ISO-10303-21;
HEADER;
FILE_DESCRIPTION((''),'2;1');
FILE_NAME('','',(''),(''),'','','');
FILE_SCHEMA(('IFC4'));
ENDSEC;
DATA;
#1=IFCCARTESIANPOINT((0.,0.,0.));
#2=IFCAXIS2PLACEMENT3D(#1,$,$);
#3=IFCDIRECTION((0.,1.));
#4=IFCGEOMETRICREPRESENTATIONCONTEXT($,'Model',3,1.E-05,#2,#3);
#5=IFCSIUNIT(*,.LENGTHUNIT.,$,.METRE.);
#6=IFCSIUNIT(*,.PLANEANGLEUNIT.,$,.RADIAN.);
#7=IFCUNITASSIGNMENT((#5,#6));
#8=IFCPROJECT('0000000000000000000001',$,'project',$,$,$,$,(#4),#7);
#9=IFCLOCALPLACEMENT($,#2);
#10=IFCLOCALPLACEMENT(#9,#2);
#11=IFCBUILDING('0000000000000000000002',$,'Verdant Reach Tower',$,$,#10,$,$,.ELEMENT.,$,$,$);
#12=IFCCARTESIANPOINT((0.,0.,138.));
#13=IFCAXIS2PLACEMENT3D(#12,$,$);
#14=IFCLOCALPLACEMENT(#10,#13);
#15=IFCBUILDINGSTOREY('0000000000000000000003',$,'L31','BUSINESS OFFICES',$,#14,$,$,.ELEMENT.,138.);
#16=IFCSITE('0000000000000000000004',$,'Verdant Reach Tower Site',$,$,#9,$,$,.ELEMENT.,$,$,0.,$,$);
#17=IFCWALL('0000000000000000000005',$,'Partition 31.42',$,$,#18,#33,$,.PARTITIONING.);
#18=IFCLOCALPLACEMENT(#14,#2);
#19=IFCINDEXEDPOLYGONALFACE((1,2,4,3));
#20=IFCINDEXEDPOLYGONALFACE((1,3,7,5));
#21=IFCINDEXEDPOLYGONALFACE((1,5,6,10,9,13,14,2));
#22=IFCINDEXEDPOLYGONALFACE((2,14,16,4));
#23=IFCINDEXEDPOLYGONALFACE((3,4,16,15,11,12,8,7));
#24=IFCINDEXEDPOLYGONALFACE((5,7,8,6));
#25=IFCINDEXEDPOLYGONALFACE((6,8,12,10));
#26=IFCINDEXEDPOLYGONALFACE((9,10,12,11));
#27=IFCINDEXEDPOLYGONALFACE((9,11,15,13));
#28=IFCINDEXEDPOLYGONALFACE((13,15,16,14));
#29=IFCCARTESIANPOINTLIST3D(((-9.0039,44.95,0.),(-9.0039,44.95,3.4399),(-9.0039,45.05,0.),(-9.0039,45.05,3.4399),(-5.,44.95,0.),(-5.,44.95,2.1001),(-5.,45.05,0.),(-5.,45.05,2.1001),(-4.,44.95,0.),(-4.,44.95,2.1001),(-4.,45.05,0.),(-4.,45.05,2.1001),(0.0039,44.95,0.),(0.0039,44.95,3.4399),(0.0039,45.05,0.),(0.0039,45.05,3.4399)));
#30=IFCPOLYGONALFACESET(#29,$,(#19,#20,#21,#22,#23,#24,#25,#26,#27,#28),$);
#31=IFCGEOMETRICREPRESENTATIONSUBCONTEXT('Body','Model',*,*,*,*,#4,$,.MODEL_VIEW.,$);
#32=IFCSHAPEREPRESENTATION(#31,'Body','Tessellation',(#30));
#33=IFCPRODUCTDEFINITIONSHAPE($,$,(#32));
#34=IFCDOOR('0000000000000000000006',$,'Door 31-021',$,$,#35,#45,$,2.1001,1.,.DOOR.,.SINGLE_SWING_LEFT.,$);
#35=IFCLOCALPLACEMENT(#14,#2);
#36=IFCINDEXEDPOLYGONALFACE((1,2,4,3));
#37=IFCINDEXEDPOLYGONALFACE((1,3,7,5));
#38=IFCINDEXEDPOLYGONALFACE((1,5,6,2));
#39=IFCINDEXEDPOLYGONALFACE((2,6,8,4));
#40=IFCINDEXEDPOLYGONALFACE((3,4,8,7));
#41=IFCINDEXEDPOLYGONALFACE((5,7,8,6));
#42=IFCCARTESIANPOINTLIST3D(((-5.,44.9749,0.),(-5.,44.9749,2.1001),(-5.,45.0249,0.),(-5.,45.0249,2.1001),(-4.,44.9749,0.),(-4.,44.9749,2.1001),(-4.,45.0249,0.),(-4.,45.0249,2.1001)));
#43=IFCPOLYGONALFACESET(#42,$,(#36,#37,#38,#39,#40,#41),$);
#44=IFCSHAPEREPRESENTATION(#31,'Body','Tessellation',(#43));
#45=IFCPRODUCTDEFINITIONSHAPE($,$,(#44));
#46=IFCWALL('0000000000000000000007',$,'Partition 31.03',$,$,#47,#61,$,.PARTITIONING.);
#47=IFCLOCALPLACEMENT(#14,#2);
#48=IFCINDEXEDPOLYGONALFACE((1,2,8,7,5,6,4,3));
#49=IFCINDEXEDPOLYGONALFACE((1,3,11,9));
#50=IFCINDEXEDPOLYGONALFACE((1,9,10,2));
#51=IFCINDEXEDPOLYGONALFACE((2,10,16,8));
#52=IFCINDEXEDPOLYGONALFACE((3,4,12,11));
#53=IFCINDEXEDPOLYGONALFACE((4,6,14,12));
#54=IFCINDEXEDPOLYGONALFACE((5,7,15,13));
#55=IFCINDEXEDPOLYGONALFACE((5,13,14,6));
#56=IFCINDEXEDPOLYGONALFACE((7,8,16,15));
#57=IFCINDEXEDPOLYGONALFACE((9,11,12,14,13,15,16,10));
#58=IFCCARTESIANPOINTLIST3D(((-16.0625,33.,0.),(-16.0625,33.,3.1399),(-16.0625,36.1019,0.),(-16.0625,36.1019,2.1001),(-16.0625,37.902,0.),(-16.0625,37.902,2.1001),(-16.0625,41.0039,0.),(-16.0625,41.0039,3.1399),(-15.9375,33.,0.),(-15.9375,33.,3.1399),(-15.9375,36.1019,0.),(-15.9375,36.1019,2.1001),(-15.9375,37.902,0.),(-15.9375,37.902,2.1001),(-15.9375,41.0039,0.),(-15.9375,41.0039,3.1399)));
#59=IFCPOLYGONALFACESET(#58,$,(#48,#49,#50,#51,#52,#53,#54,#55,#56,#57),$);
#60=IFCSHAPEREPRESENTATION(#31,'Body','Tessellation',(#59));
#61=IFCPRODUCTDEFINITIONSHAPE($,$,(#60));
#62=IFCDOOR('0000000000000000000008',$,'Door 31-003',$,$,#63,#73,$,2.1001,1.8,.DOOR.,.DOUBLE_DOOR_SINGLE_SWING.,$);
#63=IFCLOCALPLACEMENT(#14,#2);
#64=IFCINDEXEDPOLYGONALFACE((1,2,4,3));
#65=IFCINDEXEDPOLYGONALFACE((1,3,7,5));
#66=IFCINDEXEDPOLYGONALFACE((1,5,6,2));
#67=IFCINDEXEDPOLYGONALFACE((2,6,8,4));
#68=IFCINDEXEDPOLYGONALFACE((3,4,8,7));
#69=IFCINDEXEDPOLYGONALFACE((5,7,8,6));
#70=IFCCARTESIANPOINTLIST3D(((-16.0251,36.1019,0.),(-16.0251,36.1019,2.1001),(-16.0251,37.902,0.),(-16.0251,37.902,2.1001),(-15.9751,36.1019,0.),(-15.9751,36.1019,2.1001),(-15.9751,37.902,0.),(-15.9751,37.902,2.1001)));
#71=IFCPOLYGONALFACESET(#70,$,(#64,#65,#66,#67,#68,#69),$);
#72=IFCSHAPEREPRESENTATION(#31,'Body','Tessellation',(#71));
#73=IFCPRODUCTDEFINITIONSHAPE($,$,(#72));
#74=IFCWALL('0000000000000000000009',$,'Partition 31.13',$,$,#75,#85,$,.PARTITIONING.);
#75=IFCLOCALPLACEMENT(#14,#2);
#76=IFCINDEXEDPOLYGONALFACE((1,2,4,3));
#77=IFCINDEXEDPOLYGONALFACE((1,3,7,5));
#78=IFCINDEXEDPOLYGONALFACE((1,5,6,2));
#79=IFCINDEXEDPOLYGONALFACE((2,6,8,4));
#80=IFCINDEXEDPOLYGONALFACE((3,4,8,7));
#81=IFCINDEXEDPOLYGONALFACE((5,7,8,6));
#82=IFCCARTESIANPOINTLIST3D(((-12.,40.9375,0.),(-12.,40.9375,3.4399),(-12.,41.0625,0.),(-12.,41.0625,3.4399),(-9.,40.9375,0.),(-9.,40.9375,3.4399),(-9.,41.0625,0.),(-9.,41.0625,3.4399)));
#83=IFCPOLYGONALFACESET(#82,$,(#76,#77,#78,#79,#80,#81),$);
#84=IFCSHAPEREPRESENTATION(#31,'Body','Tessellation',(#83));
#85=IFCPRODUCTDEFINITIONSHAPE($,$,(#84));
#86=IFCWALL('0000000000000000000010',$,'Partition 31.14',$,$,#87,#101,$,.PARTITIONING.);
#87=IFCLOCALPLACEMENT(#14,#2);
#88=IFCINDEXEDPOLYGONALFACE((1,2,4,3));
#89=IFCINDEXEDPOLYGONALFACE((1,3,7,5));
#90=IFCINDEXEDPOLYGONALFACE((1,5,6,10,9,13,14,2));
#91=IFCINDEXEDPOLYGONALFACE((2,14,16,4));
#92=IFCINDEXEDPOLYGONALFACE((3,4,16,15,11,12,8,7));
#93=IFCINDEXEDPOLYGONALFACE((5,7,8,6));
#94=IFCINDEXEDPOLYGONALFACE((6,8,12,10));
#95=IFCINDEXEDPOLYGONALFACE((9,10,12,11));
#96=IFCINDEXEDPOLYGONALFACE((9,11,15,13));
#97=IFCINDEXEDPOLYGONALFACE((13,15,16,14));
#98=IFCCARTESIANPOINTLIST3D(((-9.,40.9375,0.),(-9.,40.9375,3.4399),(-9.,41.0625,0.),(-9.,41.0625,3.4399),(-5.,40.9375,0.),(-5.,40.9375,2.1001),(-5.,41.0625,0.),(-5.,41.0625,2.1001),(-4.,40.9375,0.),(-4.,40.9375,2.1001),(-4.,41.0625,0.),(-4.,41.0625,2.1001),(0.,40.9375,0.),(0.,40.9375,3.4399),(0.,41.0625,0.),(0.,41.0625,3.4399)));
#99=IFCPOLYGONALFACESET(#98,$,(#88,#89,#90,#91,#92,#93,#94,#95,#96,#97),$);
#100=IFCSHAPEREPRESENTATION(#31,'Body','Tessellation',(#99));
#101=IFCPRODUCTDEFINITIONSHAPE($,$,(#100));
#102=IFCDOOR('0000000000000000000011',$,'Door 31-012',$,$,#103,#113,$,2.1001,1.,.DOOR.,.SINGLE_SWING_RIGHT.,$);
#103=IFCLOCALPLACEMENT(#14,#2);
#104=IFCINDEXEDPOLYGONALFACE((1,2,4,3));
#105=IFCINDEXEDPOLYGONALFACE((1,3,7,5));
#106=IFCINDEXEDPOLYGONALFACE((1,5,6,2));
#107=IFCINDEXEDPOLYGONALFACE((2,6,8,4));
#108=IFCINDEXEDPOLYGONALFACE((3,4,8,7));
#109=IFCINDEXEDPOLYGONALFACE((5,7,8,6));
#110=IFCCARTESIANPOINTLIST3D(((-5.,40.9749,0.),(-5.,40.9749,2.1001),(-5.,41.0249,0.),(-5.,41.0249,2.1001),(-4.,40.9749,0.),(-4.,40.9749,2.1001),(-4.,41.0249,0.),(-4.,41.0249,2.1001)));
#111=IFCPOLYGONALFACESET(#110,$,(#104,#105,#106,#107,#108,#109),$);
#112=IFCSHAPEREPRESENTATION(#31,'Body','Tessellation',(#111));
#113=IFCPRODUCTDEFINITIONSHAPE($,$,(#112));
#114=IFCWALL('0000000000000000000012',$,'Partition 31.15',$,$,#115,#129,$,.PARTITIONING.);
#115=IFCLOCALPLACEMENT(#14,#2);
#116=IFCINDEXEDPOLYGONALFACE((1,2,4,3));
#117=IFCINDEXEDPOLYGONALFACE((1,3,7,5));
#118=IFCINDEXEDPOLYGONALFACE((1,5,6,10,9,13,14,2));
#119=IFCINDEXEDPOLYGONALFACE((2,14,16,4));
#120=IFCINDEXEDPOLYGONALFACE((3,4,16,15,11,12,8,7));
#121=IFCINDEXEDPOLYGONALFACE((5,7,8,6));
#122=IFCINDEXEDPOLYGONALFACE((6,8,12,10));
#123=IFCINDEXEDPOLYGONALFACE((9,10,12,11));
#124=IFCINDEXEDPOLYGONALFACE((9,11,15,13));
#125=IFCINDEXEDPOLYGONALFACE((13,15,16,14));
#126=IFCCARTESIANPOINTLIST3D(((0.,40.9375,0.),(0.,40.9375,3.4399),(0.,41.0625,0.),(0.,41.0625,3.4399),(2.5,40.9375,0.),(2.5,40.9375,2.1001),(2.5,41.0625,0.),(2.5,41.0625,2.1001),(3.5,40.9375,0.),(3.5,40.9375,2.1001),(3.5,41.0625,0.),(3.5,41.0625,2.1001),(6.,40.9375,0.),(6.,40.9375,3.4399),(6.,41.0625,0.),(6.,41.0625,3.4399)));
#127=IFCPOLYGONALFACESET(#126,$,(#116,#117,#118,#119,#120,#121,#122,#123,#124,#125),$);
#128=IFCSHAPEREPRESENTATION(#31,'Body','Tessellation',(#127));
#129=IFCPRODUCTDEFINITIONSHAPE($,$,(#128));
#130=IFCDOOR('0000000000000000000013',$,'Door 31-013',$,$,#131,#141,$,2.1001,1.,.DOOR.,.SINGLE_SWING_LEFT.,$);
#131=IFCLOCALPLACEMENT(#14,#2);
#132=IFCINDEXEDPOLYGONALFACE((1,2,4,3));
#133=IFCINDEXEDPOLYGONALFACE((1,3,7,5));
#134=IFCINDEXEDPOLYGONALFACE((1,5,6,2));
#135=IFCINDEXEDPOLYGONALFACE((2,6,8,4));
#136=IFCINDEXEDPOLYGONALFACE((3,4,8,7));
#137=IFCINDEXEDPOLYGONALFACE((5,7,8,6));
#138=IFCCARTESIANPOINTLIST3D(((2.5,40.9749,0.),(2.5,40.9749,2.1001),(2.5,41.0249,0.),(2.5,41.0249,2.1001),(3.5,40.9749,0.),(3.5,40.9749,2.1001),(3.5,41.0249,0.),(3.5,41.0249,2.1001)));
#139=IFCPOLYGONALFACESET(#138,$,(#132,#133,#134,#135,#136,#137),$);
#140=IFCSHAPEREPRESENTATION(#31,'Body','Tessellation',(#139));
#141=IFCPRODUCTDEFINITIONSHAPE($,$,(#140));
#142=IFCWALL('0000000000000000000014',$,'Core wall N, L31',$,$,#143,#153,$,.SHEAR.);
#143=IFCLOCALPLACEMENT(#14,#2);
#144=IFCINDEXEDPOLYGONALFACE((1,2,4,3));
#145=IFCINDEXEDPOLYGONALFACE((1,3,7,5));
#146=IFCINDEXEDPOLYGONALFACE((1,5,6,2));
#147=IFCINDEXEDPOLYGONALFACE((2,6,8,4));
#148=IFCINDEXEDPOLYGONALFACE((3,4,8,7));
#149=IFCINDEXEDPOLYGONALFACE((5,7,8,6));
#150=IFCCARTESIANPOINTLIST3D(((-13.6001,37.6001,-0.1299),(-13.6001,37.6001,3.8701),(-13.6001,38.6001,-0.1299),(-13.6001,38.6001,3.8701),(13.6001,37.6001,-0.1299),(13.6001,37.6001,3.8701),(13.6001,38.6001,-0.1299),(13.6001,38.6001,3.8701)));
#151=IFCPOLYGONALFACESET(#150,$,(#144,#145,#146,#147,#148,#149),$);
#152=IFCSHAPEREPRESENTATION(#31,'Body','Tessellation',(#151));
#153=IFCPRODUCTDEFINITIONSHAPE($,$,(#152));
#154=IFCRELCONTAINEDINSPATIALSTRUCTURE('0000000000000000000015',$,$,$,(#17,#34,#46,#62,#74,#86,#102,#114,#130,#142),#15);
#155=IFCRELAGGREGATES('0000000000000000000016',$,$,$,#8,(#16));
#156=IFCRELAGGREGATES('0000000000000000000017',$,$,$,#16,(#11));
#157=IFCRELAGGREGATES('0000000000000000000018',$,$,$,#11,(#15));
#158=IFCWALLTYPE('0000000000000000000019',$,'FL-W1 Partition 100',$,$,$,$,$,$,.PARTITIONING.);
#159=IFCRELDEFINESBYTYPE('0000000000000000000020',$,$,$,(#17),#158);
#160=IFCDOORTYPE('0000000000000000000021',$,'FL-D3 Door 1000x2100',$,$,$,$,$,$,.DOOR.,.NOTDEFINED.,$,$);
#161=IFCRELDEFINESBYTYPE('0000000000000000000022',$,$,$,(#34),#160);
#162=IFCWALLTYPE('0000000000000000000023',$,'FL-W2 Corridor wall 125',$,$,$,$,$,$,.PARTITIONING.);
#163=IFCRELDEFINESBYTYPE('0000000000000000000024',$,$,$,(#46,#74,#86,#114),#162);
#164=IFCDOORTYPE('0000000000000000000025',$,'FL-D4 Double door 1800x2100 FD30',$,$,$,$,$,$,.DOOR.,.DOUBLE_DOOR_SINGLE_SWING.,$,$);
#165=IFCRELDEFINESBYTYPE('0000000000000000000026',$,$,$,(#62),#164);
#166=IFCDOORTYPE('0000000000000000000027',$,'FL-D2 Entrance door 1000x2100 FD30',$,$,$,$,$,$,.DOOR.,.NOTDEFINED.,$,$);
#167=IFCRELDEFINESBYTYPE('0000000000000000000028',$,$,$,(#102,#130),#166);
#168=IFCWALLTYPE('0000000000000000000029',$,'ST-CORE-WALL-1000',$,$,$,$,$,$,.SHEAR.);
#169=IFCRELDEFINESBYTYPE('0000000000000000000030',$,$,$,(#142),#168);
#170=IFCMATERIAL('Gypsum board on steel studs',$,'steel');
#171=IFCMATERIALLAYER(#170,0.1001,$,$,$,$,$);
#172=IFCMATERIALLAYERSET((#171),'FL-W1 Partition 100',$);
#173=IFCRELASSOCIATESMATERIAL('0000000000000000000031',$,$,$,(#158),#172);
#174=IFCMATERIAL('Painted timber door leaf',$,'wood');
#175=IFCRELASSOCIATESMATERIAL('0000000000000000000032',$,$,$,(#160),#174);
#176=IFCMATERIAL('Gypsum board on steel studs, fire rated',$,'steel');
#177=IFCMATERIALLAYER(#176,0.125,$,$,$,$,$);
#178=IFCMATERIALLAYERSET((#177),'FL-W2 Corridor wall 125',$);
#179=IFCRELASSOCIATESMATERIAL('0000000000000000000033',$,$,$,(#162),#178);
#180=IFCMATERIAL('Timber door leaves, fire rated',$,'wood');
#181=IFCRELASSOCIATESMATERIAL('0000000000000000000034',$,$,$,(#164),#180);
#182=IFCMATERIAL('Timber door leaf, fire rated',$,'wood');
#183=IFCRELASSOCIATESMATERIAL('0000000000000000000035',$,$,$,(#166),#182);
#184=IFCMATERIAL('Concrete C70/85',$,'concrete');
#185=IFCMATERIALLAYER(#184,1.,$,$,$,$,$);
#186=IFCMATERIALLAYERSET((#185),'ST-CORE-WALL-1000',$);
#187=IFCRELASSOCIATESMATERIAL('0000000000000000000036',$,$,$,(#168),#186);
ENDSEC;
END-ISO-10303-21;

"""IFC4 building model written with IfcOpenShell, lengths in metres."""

from ifc_helpers import new_model, si_unit, direction, frame, frame_2d, origin, place, context, subcontext, project, spatial, rectangle, extrude, material, layer, layer_set, type_object, element, fill, save


model = new_model("IFC4")

# Units and contexts
model_context = context("Model", 3, precision=1e-05, world=origin(), true_north=direction((0.0, 1.0)))
body_context = subcontext(model_context, "Body", "Model", "MODEL_VIEW")
ifc_project = project(units=[si_unit("LENGTHUNIT", "METRE"), si_unit("PLANEANGLEUNIT", "RADIAN")], contexts=[model_context])

# Site, building, storey
site_placement = place(None, origin())
site = spatial("IfcSite", under=ifc_project, at=site_placement, Name="Verdant Reach Tower Site", CompositionType="ELEMENT", RefElevation=0.0)
building_placement = place(site_placement, origin())
building = spatial("IfcBuilding", under=site, at=building_placement, Name="Verdant Reach Tower", CompositionType="ELEMENT")
storey_placement = place(building_placement, frame((0.0, 0.0, 138.0)))
storey = spatial("IfcBuildingStorey", under=building, at=storey_placement, Name="L31", Description="BUSINESS OFFICES", CompositionType="ELEMENT", Elevation=138.0)

# Shared definitions
ifc_material_1 = material(Name="Gypsum board on steel studs", Category="steel")
ifc_layer_1 = layer(ifc_material_1, 0.1001)
ifc_layer_set_1 = layer_set([ifc_layer_1], Name="FL-W1 Partition 100")
wall_type_1 = type_object("IfcWallType", Name="FL-W1 Partition 100", PredefinedType="PARTITIONING", material=ifc_layer_set_1)

# Shared definitions
ifc_material_2 = material(Name="Painted timber door leaf", Category="wood")
door_type_1 = type_object("IfcDoorType", Name="FL-D3 Door 1000x2100", OperationType="NOTDEFINED", PredefinedType="DOOR", material=ifc_material_2)

# Walls, openings, doors
wall_1_placement = place(storey_placement, frame((-9.0039, 45.0, 0.0), z_axis=(0.0, 0.0, 1.0), x_axis=(1.0, 0.0, 0.0)))
wall_1 = element("IfcWall", 1, at=wall_1_placement, inside=storey, type_object=wall_type_1, Name="Partition 31.42", PredefinedType="PARTITIONING", context=body_context, shape_type="SweptSolid", body=[
    extrude(rectangle(XDim=9.0078, YDim=0.1001, at=frame_2d((4.5039, 0.0))), origin(), (0.0, 0.0, 1.0), 3.4399),
])
opening_1_placement = place(wall_1_placement, frame((4.0039, 0.0, 0.0)))
opening_1 = element("IfcOpeningElement", 2, at=opening_1_placement, cuts=wall_1, PredefinedType="OPENING", context=body_context, shape_type="SweptSolid", body=[
    extrude(rectangle(XDim=1.0, YDim=2.1001, at=frame_2d((0.5, 1.05))), frame((0.0, 0.0601, 0.0), z_axis=(0.0, -1.0, 0.0), x_axis=(1.0, 0.0, 0.0)), (0.0, 0.0, 1.0), 0.1201),
])
door_1_placement = place(opening_1_placement, origin())
door_1 = element("IfcDoor", 3, at=door_1_placement, inside=storey, type_object=door_type_1, Name="Door 31-021", OperationType="SINGLE_SWING_LEFT", OverallHeight=2.1001, OverallWidth=1.0, PredefinedType="DOOR", context=body_context, shape_type="SweptSolid", body=[
    extrude(rectangle(XDim=1.0, YDim=2.1001, at=frame_2d((0.5, 1.05))), frame((0.0, 0.0249, 0.0), z_axis=(0.0, -1.0, 0.0), x_axis=(1.0, 0.0, 0.0)), (0.0, 0.0, 1.0), 0.05),
])
fill(opening_1, door_1)
ifc_material_3 = material(Name="Gypsum board on steel studs, fire rated", Category="steel")
ifc_layer_2 = layer(ifc_material_3, 0.125)
ifc_layer_set_2 = layer_set([ifc_layer_2], Name="FL-W2 Corridor wall 125")
wall_type_2 = type_object("IfcWallType", Name="FL-W2 Corridor wall 125", PredefinedType="PARTITIONING", material=ifc_layer_set_2)
wall_2_placement = place(storey_placement, frame((-16.0, 41.0039, 0.0), z_axis=(0.0, 0.0, 1.0), x_axis=(0.0, -1.0, 0.0)))
wall_2 = element("IfcWall", 4, at=wall_2_placement, inside=storey, type_object=wall_type_2, Name="Partition 31.03", PredefinedType="PARTITIONING", context=body_context, shape_type="SweptSolid", body=[
    extrude(rectangle(XDim=8.0039, YDim=0.125, at=frame_2d((4.002, 0.0))), origin(), (0.0, 0.0, 1.0), 3.1399),
])
opening_2_placement = place(wall_2_placement, frame((3.1021, 0.0, 0.0)))
opening_2 = element("IfcOpeningElement", 5, at=opening_2_placement, cuts=wall_2, PredefinedType="OPENING", context=body_context, shape_type="SweptSolid", body=[
    extrude(rectangle(XDim=1.8, YDim=2.1001, at=frame_2d((0.8999, 1.05))), frame((0.0, 0.0725, 0.0), z_axis=(0.0, -1.0, 0.0), x_axis=(1.0, 0.0, 0.0)), (0.0, 0.0, 1.0), 0.145),
])
ifc_material_4 = material(Name="Timber door leaves, fire rated", Category="wood")
door_type_2 = type_object("IfcDoorType", Name="FL-D4 Double door 1800x2100 FD30", OperationType="DOUBLE_DOOR_SINGLE_SWING", PredefinedType="DOOR", material=ifc_material_4)
door_2_placement = place(opening_2_placement, origin())
door_2 = element("IfcDoor", 6, at=door_2_placement, inside=storey, type_object=door_type_2, Name="Door 31-003", OperationType="DOUBLE_DOOR_SINGLE_SWING", OverallHeight=2.1001, OverallWidth=1.8, PredefinedType="DOOR", context=body_context, shape_type="SweptSolid", body=[
    extrude(rectangle(XDim=1.8, YDim=2.1001, at=frame_2d((0.8999, 1.05))), frame((0.0, 0.0249, 0.0), z_axis=(0.0, -1.0, 0.0), x_axis=(1.0, 0.0, 0.0)), (0.0, 0.0, 1.0), 0.05),
])
fill(opening_2, door_2)

# Wall
wall_3_placement = place(storey_placement, frame((-9.0, 41.0, 0.0), z_axis=(0.0, 0.0, 1.0), x_axis=(-1.0, 0.0, 0.0)))
element("IfcWall", 7, at=wall_3_placement, inside=storey, type_object=wall_type_2, Name="Partition 31.13", PredefinedType="PARTITIONING", context=body_context, shape_type="SweptSolid", body=[
    extrude(rectangle(XDim=3.0, YDim=0.125, at=frame_2d((1.5, 0.0))), origin(), (0.0, 0.0, 1.0), 3.4399),
])

# Walls, openings, doors
wall_4_placement = place(storey_placement, frame((-9.0, 41.0, 0.0), z_axis=(0.0, 0.0, 1.0), x_axis=(1.0, 0.0, 0.0)))
wall_4 = element("IfcWall", 8, at=wall_4_placement, inside=storey, type_object=wall_type_2, Name="Partition 31.14", PredefinedType="PARTITIONING", context=body_context, shape_type="SweptSolid", body=[
    extrude(rectangle(XDim=9.0, YDim=0.125, at=frame_2d((4.5, 0.0))), origin(), (0.0, 0.0, 1.0), 3.4399),
])
opening_3_placement = place(wall_4_placement, frame((4.0, 0.0, 0.0)))
opening_3 = element("IfcOpeningElement", 9, at=opening_3_placement, cuts=wall_4, PredefinedType="OPENING", context=body_context, shape_type="SweptSolid", body=[
    extrude(rectangle(XDim=1.0, YDim=2.1001, at=frame_2d((0.5, 1.05))), frame((0.0, 0.0725, 0.0), z_axis=(0.0, -1.0, 0.0), x_axis=(1.0, 0.0, 0.0)), (0.0, 0.0, 1.0), 0.145),
])
ifc_material_5 = material(Name="Timber door leaf, fire rated", Category="wood")
door_type_3 = type_object("IfcDoorType", Name="FL-D2 Entrance door 1000x2100 FD30", OperationType="NOTDEFINED", PredefinedType="DOOR", material=ifc_material_5)
door_3_placement = place(opening_3_placement, origin())
door_3 = element("IfcDoor", 10, at=door_3_placement, inside=storey, type_object=door_type_3, Name="Door 31-012", OperationType="SINGLE_SWING_RIGHT", OverallHeight=2.1001, OverallWidth=1.0, PredefinedType="DOOR", context=body_context, shape_type="SweptSolid", body=[
    extrude(rectangle(XDim=1.0, YDim=2.1001, at=frame_2d((0.5, 1.05))), frame((0.0, 0.0249, 0.0), z_axis=(0.0, -1.0, 0.0), x_axis=(1.0, 0.0, 0.0)), (0.0, 0.0, 1.0), 0.05),
])
fill(opening_3, door_3)
wall_5_placement = place(storey_placement, frame((0.0, 41.0, 0.0), z_axis=(0.0, 0.0, 1.0), x_axis=(1.0, 0.0, 0.0)))
wall_5 = element("IfcWall", 11, at=wall_5_placement, inside=storey, type_object=wall_type_2, Name="Partition 31.15", PredefinedType="PARTITIONING", context=body_context, shape_type="SweptSolid", body=[
    extrude(rectangle(XDim=6.0, YDim=0.125, at=frame_2d((3.0, 0.0))), origin(), (0.0, 0.0, 1.0), 3.4399),
])
opening_4_placement = place(wall_5_placement, frame((2.5, 0.0, 0.0)))
opening_4 = element("IfcOpeningElement", 12, at=opening_4_placement, cuts=wall_5, PredefinedType="OPENING", context=body_context, shape_type="SweptSolid", body=[
    extrude(rectangle(XDim=1.0, YDim=2.1001, at=frame_2d((0.5, 1.05))), frame((0.0, 0.0725, 0.0), z_axis=(0.0, -1.0, 0.0), x_axis=(1.0, 0.0, 0.0)), (0.0, 0.0, 1.0), 0.145),
])
door_4_placement = place(opening_4_placement, origin())
door_4 = element("IfcDoor", 13, at=door_4_placement, inside=storey, type_object=door_type_3, Name="Door 31-013", OperationType="SINGLE_SWING_LEFT", OverallHeight=2.1001, OverallWidth=1.0, PredefinedType="DOOR", context=body_context, shape_type="SweptSolid", body=[
    extrude(rectangle(XDim=1.0, YDim=2.1001, at=frame_2d((0.5, 1.05))), frame((0.0, 0.0249, 0.0), z_axis=(0.0, -1.0, 0.0), x_axis=(1.0, 0.0, 0.0)), (0.0, 0.0, 1.0), 0.05),
])
fill(opening_4, door_4)

# Wall
ifc_material_6 = material(Name="Concrete C70/85", Category="concrete")
ifc_layer_3 = layer(ifc_material_6, 1.0)
ifc_layer_set_3 = layer_set([ifc_layer_3], Name="ST-CORE-WALL-1000")
wall_type_3 = type_object("IfcWallType", Name="ST-CORE-WALL-1000", PredefinedType="SHEAR", material=ifc_layer_set_3)
wall_6_placement = place(storey_placement, frame((-13.6001, 38.1001, -0.1299), z_axis=(0.0, 0.0, 1.0), x_axis=(1.0, 0.0, 0.0)))
element("IfcWall", 14, at=wall_6_placement, inside=storey, type_object=wall_type_3, Name="Core wall N, L31", PredefinedType="SHEAR", context=body_context, shape_type="SweptSolid", body=[
    extrude(rectangle(XDim=27.2002, YDim=1.0, at=frame_2d((13.6001, 0.0))), origin(), (0.0, 0.0, 1.0), 4.0),
])

save(model, "model.ifc")
